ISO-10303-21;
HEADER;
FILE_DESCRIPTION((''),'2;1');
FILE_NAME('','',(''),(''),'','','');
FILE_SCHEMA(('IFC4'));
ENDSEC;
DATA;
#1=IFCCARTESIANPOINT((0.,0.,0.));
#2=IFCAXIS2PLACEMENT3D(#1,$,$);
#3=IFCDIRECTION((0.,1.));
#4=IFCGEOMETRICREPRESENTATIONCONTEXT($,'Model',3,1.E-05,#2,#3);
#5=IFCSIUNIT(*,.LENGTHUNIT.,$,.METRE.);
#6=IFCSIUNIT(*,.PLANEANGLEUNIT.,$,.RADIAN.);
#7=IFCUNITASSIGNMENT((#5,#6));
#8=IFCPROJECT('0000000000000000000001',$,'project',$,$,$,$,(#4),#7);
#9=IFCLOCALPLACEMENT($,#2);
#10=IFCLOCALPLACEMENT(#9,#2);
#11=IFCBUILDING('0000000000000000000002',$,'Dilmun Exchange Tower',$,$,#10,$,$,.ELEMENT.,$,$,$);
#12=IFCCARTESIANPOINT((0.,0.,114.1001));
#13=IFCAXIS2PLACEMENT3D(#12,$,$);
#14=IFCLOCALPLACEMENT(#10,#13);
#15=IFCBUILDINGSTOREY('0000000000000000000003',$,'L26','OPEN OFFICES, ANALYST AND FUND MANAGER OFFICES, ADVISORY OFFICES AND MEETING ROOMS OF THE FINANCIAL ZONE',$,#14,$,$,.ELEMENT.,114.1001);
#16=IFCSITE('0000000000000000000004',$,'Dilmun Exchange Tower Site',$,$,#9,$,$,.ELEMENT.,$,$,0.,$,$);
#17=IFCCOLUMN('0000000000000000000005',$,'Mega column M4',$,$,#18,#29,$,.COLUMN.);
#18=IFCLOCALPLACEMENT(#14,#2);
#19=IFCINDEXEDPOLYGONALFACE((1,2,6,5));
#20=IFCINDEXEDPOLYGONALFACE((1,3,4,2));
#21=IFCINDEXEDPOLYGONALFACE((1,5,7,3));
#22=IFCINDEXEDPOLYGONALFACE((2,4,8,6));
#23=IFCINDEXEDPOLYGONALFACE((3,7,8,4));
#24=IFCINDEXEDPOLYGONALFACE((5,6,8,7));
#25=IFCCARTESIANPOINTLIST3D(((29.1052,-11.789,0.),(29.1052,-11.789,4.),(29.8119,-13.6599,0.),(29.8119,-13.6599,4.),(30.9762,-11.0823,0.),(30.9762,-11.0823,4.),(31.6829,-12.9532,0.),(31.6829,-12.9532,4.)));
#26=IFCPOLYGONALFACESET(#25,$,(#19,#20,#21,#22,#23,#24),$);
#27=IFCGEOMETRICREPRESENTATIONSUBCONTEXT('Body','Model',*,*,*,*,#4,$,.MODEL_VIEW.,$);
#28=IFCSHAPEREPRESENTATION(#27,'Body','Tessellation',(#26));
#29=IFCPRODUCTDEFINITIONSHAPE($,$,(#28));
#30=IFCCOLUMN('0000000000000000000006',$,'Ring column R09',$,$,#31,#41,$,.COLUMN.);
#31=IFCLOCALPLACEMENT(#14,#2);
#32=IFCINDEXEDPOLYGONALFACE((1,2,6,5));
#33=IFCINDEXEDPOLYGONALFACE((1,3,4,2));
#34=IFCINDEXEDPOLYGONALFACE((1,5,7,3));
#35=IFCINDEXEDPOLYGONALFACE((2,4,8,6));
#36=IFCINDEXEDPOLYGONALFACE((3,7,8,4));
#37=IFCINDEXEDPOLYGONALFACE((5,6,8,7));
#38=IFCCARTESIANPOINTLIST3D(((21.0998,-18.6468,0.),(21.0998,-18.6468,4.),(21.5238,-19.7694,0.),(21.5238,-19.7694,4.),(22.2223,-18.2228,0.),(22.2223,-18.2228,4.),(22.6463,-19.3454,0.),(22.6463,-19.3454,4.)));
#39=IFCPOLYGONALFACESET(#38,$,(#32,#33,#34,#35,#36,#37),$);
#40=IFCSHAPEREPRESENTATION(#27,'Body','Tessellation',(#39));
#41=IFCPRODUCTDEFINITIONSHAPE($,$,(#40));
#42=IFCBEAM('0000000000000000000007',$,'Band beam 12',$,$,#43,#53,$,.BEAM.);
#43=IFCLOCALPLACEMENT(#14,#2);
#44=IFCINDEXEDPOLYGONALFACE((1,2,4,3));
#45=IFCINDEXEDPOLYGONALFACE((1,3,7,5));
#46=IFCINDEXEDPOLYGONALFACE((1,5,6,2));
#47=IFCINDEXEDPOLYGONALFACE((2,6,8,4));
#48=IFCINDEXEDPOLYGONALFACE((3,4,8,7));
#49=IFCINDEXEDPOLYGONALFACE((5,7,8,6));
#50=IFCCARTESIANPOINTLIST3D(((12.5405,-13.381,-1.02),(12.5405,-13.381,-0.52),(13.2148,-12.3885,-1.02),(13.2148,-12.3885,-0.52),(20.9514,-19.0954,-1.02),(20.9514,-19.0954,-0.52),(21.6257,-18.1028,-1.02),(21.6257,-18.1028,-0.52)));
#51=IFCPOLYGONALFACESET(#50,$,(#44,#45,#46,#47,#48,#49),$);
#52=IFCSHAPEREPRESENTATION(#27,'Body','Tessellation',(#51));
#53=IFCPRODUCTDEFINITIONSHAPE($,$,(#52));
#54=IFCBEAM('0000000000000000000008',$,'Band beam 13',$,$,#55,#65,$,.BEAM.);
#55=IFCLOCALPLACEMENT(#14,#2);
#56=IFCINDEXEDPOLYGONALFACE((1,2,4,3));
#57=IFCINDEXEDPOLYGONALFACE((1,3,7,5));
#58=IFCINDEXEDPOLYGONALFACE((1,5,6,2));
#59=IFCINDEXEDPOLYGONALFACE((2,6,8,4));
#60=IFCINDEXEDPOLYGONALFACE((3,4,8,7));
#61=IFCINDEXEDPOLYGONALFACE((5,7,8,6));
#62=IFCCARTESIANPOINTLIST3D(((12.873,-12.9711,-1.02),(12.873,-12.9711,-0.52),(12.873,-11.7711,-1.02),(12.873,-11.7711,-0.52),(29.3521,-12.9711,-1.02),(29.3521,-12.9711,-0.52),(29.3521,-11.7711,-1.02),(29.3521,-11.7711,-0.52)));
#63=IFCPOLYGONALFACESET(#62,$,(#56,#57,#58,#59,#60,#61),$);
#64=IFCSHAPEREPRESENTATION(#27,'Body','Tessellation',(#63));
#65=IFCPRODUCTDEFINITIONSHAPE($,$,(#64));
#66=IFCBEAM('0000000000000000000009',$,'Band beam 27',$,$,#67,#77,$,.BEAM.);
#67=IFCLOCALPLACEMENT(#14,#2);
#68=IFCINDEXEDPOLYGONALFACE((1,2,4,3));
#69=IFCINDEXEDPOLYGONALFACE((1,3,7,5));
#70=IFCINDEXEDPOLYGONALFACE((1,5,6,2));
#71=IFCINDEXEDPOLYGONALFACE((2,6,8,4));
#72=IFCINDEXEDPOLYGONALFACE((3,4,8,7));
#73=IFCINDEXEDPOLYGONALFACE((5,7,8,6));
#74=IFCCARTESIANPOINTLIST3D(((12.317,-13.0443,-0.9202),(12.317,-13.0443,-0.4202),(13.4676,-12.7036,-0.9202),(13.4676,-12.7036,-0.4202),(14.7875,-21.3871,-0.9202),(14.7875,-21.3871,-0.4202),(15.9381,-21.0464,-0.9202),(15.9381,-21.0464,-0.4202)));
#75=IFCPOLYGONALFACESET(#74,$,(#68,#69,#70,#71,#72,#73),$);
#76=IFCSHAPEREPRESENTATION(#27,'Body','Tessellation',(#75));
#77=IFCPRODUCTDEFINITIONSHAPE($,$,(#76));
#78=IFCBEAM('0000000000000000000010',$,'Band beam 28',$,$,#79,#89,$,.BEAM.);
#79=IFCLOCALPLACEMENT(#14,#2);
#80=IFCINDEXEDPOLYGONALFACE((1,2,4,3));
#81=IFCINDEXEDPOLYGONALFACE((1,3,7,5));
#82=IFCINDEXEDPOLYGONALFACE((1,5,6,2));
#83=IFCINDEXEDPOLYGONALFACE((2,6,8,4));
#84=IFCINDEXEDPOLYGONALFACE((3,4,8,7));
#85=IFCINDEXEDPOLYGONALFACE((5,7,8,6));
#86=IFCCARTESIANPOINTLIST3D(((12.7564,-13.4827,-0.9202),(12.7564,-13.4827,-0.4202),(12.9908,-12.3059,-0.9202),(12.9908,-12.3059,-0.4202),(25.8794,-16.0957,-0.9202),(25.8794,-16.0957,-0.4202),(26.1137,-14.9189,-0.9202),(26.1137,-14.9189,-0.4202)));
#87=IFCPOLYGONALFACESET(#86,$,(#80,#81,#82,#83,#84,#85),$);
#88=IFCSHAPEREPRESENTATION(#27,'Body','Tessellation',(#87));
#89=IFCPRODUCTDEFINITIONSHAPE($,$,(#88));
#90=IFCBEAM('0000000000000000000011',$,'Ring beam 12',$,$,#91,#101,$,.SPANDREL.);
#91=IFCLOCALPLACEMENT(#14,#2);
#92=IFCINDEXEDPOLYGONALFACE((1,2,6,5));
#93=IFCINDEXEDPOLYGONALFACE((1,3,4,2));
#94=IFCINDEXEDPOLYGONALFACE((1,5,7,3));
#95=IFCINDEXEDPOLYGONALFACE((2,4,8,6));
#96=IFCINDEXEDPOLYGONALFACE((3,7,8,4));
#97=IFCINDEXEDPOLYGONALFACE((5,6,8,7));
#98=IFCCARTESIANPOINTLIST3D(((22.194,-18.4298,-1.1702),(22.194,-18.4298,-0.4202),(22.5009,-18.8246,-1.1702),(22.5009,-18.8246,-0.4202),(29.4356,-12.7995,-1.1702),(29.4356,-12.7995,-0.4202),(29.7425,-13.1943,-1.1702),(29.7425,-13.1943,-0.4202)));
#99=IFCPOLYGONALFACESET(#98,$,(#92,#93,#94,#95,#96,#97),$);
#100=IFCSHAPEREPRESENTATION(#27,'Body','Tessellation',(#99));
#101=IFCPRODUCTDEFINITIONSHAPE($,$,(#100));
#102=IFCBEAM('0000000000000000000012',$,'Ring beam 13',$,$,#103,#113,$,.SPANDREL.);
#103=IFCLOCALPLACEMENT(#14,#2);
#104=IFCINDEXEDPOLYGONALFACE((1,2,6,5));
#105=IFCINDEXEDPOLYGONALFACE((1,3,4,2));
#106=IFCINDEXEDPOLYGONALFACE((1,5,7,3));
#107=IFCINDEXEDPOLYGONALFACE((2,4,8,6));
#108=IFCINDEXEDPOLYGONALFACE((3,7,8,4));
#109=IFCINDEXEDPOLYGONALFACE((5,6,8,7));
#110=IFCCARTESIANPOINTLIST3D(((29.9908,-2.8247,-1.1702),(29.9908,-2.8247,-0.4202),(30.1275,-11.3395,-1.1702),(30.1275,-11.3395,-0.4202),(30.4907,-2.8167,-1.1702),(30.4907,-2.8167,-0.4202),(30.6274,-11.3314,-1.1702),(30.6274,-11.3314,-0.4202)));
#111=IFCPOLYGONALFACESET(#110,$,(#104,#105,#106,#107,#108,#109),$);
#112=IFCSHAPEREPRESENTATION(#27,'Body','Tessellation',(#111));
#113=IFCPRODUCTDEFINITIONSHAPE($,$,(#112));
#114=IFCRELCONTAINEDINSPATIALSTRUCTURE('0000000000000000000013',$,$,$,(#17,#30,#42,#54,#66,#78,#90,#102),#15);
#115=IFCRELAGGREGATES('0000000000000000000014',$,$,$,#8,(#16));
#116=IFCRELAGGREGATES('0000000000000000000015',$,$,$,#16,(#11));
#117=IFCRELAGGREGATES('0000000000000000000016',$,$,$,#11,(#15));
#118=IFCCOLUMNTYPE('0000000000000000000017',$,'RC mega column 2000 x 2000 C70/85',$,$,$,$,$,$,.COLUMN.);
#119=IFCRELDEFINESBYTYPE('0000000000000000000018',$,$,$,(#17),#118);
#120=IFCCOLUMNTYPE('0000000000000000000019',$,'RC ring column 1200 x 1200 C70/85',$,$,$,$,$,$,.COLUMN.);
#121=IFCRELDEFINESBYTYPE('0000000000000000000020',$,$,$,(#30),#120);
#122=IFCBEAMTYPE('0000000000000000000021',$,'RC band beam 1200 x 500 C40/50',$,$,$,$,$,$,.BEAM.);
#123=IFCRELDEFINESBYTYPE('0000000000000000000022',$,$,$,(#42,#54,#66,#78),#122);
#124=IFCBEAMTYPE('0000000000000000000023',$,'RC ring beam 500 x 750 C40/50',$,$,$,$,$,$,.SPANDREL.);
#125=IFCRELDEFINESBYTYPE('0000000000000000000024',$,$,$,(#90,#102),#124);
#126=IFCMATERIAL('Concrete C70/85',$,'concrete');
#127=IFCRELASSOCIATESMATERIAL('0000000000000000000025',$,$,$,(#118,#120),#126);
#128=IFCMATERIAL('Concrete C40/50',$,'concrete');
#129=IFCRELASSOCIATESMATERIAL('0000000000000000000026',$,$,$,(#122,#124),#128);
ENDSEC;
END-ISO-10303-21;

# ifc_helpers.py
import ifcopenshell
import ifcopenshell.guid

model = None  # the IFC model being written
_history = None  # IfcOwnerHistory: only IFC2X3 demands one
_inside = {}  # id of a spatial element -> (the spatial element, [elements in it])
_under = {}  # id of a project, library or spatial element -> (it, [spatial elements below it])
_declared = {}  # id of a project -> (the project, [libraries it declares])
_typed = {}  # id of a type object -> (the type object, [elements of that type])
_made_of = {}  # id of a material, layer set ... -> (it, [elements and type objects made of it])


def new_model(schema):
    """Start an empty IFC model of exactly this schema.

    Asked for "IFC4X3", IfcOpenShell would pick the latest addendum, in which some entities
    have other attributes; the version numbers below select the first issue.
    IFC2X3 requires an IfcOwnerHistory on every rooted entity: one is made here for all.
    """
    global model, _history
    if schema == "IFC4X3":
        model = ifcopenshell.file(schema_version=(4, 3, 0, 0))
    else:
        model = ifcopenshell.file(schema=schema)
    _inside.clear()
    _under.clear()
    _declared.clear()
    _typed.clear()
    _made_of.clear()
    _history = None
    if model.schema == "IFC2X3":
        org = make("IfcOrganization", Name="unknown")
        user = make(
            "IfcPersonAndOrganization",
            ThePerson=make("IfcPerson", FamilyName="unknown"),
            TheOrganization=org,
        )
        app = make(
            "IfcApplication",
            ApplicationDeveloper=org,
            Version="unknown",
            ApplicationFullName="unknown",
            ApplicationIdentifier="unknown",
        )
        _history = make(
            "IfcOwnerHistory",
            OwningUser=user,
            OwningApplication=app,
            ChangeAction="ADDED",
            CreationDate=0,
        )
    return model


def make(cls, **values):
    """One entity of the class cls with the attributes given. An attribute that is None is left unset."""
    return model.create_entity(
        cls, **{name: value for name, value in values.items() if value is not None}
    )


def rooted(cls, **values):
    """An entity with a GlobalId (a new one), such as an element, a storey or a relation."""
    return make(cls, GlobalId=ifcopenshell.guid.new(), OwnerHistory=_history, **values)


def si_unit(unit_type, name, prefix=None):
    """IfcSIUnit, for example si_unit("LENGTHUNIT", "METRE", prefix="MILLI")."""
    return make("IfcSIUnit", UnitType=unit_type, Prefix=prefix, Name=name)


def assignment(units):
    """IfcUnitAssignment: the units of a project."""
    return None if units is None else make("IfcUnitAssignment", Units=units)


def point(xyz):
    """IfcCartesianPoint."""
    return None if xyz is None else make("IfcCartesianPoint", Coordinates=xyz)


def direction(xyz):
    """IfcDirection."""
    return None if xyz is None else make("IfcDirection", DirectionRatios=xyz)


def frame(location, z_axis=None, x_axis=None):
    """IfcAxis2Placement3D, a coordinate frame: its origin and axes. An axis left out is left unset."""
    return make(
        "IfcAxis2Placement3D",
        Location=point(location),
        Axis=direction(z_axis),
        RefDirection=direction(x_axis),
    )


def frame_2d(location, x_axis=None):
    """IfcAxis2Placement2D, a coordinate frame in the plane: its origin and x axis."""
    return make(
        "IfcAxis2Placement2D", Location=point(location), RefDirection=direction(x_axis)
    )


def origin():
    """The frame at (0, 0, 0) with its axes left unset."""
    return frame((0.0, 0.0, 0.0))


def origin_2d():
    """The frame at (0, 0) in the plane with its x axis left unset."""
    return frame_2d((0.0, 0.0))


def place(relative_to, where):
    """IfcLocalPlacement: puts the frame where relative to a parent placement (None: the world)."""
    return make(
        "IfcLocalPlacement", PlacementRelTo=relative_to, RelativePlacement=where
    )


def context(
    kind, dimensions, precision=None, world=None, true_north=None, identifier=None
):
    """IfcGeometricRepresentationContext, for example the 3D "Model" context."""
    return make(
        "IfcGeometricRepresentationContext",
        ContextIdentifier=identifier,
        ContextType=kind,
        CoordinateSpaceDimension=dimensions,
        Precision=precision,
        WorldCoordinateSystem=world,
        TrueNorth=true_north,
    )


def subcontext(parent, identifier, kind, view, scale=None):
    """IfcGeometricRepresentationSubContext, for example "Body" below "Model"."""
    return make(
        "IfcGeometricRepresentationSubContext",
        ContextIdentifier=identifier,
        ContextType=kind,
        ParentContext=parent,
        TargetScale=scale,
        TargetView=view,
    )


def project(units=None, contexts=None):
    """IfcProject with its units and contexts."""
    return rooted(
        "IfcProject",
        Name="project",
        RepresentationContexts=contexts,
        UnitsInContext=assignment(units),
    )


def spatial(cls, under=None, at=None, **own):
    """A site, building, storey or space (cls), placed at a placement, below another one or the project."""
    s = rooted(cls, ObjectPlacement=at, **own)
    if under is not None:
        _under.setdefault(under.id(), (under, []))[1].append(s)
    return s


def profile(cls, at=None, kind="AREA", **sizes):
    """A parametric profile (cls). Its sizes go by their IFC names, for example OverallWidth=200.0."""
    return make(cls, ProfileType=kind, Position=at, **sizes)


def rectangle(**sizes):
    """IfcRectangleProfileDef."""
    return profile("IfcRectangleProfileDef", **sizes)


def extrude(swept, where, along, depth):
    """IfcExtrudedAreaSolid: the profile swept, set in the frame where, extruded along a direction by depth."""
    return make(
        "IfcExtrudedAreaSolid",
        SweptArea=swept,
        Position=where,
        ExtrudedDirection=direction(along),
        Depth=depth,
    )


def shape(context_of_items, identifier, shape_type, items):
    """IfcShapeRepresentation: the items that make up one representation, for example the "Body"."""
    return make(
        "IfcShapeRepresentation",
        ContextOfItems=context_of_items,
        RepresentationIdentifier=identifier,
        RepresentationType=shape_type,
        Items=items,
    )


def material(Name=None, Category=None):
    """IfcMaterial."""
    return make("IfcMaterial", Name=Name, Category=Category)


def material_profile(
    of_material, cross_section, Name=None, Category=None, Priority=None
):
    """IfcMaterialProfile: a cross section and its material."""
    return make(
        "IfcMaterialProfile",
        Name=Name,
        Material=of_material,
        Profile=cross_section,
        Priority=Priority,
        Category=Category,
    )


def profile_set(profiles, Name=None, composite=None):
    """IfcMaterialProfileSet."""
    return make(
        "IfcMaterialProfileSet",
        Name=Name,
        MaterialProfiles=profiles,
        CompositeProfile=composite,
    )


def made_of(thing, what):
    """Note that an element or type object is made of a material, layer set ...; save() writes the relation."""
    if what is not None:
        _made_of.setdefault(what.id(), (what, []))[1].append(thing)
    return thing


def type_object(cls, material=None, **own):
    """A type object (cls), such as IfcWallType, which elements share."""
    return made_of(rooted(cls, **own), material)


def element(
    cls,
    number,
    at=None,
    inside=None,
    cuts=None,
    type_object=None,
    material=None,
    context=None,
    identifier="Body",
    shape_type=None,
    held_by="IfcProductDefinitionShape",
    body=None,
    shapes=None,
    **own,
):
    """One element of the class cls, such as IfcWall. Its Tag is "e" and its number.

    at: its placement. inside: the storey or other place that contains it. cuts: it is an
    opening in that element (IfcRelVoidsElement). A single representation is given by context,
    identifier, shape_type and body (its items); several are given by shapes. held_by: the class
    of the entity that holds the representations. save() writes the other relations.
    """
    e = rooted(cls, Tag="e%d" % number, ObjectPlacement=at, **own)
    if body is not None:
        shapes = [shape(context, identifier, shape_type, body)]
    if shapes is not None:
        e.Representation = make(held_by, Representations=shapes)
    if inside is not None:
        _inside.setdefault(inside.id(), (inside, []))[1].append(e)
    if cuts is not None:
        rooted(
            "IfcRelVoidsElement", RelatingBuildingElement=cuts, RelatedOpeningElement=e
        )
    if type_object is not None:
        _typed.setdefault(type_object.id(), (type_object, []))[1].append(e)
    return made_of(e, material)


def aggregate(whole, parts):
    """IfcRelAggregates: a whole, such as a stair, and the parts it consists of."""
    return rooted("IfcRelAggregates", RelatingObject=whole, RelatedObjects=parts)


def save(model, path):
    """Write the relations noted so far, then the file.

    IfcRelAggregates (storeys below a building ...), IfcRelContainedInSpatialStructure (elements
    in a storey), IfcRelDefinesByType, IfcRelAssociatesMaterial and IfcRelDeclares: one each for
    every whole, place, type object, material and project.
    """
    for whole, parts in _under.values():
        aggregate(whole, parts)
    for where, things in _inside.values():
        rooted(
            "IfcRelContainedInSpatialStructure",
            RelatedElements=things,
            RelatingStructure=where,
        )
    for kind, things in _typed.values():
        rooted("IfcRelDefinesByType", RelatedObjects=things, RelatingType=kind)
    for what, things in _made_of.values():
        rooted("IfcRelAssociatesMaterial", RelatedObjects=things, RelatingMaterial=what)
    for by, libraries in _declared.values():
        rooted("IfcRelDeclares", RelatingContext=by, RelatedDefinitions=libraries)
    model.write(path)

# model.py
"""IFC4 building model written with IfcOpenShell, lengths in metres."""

from ifc_helpers import new_model, si_unit, direction, frame, origin, origin_2d, place, context, subcontext, project, spatial, rectangle, extrude, material, material_profile, profile_set, type_object, element, save


model = new_model("IFC4")

# Units and contexts
model_context = context("Model", 3, precision=1e-05, world=origin(), true_north=direction((0.0, 1.0)))
body_context = subcontext(model_context, "Body", "Model", "MODEL_VIEW")
ifc_project = project(units=[si_unit("LENGTHUNIT", "METRE"), si_unit("PLANEANGLEUNIT", "RADIAN")], contexts=[model_context])

# Site, building, storey
site_placement = place(None, origin())
site = spatial("IfcSite", under=ifc_project, at=site_placement, Name="Dilmun Exchange Tower Site", CompositionType="ELEMENT", RefElevation=0.0)
building_placement = place(site_placement, origin())
building = spatial("IfcBuilding", under=site, at=building_placement, Name="Dilmun Exchange Tower", CompositionType="ELEMENT")
storey_placement = place(building_placement, frame((0.0, 0.0, 114.1001)))
storey = spatial("IfcBuildingStorey", under=building, at=storey_placement, Name="L26", Description="OPEN OFFICES, ANALYST AND FUND MANAGER OFFICES, ADVISORY OFFICES AND MEETING ROOMS OF THE FINANCIAL ZONE", CompositionType="ELEMENT", Elevation=114.1001)

# Columns
ifc_material_1 = material(Name="Concrete C70/85", Category="concrete")
ifc_material_profile_1 = material_profile(ifc_material_1, rectangle(XDim=2.0, YDim=2.0, at=origin_2d()), Name="2000 x 2000")
ifc_profile_set_1 = profile_set([ifc_material_profile_1], Name="Concrete C70/85")
column_type_1 = type_object("IfcColumnType", Name="RC mega column 2000 x 2000 C70/85", PredefinedType="COLUMN", material=ifc_profile_set_1)
column_1_placement = place(storey_placement, frame((30.394, -12.3711, 0.0), z_axis=(0.0, 0.0, 1.0), x_axis=(0.935492, 0.353349, 0.0)))
element("IfcColumn", 1, at=column_1_placement, inside=storey, type_object=column_type_1, Name="Mega column M4", PredefinedType="COLUMN", context=body_context, shape_type="SweptSolid", body=[
    extrude(rectangle(XDim=2.0, YDim=2.0, at=origin_2d()), origin(), (0.0, 0.0, 1.0), 4.0),
])
ifc_material_profile_2 = material_profile(ifc_material_1, rectangle(XDim=1.2, YDim=1.2, at=origin_2d()), Name="1200 x 1200")
ifc_profile_set_2 = profile_set([ifc_material_profile_2], Name="Concrete C70/85")
column_type_2 = type_object("IfcColumnType", Name="RC ring column 1200 x 1200 C70/85", PredefinedType="COLUMN", material=ifc_profile_set_2)
column_2_placement = place(storey_placement, frame((21.873, -18.9961, 0.0), z_axis=(0.0, 0.0, 1.0), x_axis=(0.935492, 0.353349, 0.0)))
element("IfcColumn", 2, at=column_2_placement, inside=storey, type_object=column_type_2, Name="Ring column R09", PredefinedType="COLUMN", context=body_context, shape_type="SweptSolid", body=[
    extrude(rectangle(XDim=1.2, YDim=1.2, at=origin_2d()), origin(), (0.0, 0.0, 1.0), 4.0),
])

# Beams
ifc_material_2 = material(Name="Concrete C40/50", Category="concrete")
ifc_material_profile_3 = material_profile(ifc_material_2, rectangle(XDim=1.2, YDim=0.5, at=origin_2d()), Name="1200 x 500")
ifc_profile_set_3 = profile_set([ifc_material_profile_3], Name="Concrete C40/50")
beam_type_1 = type_object("IfcBeamType", Name="RC band beam 1200 x 500 C40/50", PredefinedType="BEAM", material=ifc_profile_set_3)
beam_1_placement = place(storey_placement, frame((21.2886, -18.5991, -0.77), z_axis=(-0.827157, 0.56197, 0.0), x_axis=(-0.56197, -0.827157, 0.0)))
element("IfcBeam", 3, at=beam_1_placement, inside=storey, type_object=beam_type_1, Name="Band beam 12", PredefinedType="BEAM", context=body_context, shape_type="SweptSolid", body=[
    extrude(rectangle(XDim=1.2, YDim=0.5, at=origin_2d()), origin(), (0.0, 0.0, 1.0), 10.1685),
])
beam_2_placement = place(storey_placement, frame((29.3521, -12.3711, -0.77), z_axis=(-1.0, 0.0, 0.0), x_axis=(0.0, -1.0, 0.0)))
element("IfcBeam", 4, at=beam_2_placement, inside=storey, type_object=beam_type_1, Name="Band beam 13", PredefinedType="BEAM", context=body_context, shape_type="SweptSolid", body=[
    extrude(rectangle(XDim=1.2, YDim=0.5, at=origin_2d()), origin(), (0.0, 0.0, 1.0), 16.479),
])
beam_3_placement = place(storey_placement, frame((15.3628, -21.2168, -0.6702), z_axis=(-0.283933, 0.958844, 0.0), x_axis=(-0.958844, -0.283933, 0.0)))
element("IfcBeam", 5, at=beam_3_placement, inside=storey, type_object=beam_type_1, Name="Band beam 27", PredefinedType="BEAM", context=body_context, shape_type="SweptSolid", body=[
    extrude(rectangle(XDim=1.2, YDim=0.5, at=origin_2d()), origin(), (0.0, 0.0, 1.0), 8.7009),
])
beam_4_placement = place(storey_placement, frame((25.9966, -15.5073, -0.6702), z_axis=(-0.980747, 0.195284, 0.0), x_axis=(-0.195284, -0.980747, 0.0)))
element("IfcBeam", 6, at=beam_4_placement, inside=storey, type_object=beam_type_1, Name="Band beam 28", PredefinedType="BEAM", context=body_context, shape_type="SweptSolid", body=[
    extrude(rectangle(XDim=1.2, YDim=0.5, at=origin_2d()), origin(), (0.0, 0.0, 1.0), 13.3806),
])
ifc_material_profile_4 = material_profile(ifc_material_2, rectangle(XDim=0.5, YDim=0.75, at=origin_2d()), Name="500 x 750")
ifc_profile_set_4 = profile_set([ifc_material_profile_4], Name="Concrete C40/50")
beam_type_2 = type_object("IfcBeamType", Name="RC ring beam 500 x 750 C40/50", PredefinedType="SPANDREL", material=ifc_profile_set_4)
beam_5_placement = place(storey_placement, frame((22.3474, -18.6272, -0.7952), z_axis=(0.789461, 0.613801, 0.0), x_axis=(-0.613801, 0.789461, 0.0)))
element("IfcBeam", 7, at=beam_5_placement, inside=storey, type_object=beam_type_2, Name="Ring beam 12", PredefinedType="SPANDREL", context=body_context, shape_type="SweptSolid", body=[
    extrude(rectangle(XDim=0.5, YDim=0.75, at=origin_2d()), origin(), (0.0, 0.0, 1.0), 9.1729),
])
beam_6_placement = place(storey_placement, frame((30.3774, -11.3354, -0.7952), z_axis=(-0.016054, 0.999871, 0.0), x_axis=(-0.999871, -0.016054, 0.0)))
element("IfcBeam", 8, at=beam_6_placement, inside=storey, type_object=beam_type_2, Name="Ring beam 13", PredefinedType="SPANDREL", context=body_context, shape_type="SweptSolid", body=[
    extrude(rectangle(XDim=0.5, YDim=0.75, at=origin_2d()), origin(), (0.0, 0.0, 1.0), 8.5159),
])

save(model, "model.ifc")
